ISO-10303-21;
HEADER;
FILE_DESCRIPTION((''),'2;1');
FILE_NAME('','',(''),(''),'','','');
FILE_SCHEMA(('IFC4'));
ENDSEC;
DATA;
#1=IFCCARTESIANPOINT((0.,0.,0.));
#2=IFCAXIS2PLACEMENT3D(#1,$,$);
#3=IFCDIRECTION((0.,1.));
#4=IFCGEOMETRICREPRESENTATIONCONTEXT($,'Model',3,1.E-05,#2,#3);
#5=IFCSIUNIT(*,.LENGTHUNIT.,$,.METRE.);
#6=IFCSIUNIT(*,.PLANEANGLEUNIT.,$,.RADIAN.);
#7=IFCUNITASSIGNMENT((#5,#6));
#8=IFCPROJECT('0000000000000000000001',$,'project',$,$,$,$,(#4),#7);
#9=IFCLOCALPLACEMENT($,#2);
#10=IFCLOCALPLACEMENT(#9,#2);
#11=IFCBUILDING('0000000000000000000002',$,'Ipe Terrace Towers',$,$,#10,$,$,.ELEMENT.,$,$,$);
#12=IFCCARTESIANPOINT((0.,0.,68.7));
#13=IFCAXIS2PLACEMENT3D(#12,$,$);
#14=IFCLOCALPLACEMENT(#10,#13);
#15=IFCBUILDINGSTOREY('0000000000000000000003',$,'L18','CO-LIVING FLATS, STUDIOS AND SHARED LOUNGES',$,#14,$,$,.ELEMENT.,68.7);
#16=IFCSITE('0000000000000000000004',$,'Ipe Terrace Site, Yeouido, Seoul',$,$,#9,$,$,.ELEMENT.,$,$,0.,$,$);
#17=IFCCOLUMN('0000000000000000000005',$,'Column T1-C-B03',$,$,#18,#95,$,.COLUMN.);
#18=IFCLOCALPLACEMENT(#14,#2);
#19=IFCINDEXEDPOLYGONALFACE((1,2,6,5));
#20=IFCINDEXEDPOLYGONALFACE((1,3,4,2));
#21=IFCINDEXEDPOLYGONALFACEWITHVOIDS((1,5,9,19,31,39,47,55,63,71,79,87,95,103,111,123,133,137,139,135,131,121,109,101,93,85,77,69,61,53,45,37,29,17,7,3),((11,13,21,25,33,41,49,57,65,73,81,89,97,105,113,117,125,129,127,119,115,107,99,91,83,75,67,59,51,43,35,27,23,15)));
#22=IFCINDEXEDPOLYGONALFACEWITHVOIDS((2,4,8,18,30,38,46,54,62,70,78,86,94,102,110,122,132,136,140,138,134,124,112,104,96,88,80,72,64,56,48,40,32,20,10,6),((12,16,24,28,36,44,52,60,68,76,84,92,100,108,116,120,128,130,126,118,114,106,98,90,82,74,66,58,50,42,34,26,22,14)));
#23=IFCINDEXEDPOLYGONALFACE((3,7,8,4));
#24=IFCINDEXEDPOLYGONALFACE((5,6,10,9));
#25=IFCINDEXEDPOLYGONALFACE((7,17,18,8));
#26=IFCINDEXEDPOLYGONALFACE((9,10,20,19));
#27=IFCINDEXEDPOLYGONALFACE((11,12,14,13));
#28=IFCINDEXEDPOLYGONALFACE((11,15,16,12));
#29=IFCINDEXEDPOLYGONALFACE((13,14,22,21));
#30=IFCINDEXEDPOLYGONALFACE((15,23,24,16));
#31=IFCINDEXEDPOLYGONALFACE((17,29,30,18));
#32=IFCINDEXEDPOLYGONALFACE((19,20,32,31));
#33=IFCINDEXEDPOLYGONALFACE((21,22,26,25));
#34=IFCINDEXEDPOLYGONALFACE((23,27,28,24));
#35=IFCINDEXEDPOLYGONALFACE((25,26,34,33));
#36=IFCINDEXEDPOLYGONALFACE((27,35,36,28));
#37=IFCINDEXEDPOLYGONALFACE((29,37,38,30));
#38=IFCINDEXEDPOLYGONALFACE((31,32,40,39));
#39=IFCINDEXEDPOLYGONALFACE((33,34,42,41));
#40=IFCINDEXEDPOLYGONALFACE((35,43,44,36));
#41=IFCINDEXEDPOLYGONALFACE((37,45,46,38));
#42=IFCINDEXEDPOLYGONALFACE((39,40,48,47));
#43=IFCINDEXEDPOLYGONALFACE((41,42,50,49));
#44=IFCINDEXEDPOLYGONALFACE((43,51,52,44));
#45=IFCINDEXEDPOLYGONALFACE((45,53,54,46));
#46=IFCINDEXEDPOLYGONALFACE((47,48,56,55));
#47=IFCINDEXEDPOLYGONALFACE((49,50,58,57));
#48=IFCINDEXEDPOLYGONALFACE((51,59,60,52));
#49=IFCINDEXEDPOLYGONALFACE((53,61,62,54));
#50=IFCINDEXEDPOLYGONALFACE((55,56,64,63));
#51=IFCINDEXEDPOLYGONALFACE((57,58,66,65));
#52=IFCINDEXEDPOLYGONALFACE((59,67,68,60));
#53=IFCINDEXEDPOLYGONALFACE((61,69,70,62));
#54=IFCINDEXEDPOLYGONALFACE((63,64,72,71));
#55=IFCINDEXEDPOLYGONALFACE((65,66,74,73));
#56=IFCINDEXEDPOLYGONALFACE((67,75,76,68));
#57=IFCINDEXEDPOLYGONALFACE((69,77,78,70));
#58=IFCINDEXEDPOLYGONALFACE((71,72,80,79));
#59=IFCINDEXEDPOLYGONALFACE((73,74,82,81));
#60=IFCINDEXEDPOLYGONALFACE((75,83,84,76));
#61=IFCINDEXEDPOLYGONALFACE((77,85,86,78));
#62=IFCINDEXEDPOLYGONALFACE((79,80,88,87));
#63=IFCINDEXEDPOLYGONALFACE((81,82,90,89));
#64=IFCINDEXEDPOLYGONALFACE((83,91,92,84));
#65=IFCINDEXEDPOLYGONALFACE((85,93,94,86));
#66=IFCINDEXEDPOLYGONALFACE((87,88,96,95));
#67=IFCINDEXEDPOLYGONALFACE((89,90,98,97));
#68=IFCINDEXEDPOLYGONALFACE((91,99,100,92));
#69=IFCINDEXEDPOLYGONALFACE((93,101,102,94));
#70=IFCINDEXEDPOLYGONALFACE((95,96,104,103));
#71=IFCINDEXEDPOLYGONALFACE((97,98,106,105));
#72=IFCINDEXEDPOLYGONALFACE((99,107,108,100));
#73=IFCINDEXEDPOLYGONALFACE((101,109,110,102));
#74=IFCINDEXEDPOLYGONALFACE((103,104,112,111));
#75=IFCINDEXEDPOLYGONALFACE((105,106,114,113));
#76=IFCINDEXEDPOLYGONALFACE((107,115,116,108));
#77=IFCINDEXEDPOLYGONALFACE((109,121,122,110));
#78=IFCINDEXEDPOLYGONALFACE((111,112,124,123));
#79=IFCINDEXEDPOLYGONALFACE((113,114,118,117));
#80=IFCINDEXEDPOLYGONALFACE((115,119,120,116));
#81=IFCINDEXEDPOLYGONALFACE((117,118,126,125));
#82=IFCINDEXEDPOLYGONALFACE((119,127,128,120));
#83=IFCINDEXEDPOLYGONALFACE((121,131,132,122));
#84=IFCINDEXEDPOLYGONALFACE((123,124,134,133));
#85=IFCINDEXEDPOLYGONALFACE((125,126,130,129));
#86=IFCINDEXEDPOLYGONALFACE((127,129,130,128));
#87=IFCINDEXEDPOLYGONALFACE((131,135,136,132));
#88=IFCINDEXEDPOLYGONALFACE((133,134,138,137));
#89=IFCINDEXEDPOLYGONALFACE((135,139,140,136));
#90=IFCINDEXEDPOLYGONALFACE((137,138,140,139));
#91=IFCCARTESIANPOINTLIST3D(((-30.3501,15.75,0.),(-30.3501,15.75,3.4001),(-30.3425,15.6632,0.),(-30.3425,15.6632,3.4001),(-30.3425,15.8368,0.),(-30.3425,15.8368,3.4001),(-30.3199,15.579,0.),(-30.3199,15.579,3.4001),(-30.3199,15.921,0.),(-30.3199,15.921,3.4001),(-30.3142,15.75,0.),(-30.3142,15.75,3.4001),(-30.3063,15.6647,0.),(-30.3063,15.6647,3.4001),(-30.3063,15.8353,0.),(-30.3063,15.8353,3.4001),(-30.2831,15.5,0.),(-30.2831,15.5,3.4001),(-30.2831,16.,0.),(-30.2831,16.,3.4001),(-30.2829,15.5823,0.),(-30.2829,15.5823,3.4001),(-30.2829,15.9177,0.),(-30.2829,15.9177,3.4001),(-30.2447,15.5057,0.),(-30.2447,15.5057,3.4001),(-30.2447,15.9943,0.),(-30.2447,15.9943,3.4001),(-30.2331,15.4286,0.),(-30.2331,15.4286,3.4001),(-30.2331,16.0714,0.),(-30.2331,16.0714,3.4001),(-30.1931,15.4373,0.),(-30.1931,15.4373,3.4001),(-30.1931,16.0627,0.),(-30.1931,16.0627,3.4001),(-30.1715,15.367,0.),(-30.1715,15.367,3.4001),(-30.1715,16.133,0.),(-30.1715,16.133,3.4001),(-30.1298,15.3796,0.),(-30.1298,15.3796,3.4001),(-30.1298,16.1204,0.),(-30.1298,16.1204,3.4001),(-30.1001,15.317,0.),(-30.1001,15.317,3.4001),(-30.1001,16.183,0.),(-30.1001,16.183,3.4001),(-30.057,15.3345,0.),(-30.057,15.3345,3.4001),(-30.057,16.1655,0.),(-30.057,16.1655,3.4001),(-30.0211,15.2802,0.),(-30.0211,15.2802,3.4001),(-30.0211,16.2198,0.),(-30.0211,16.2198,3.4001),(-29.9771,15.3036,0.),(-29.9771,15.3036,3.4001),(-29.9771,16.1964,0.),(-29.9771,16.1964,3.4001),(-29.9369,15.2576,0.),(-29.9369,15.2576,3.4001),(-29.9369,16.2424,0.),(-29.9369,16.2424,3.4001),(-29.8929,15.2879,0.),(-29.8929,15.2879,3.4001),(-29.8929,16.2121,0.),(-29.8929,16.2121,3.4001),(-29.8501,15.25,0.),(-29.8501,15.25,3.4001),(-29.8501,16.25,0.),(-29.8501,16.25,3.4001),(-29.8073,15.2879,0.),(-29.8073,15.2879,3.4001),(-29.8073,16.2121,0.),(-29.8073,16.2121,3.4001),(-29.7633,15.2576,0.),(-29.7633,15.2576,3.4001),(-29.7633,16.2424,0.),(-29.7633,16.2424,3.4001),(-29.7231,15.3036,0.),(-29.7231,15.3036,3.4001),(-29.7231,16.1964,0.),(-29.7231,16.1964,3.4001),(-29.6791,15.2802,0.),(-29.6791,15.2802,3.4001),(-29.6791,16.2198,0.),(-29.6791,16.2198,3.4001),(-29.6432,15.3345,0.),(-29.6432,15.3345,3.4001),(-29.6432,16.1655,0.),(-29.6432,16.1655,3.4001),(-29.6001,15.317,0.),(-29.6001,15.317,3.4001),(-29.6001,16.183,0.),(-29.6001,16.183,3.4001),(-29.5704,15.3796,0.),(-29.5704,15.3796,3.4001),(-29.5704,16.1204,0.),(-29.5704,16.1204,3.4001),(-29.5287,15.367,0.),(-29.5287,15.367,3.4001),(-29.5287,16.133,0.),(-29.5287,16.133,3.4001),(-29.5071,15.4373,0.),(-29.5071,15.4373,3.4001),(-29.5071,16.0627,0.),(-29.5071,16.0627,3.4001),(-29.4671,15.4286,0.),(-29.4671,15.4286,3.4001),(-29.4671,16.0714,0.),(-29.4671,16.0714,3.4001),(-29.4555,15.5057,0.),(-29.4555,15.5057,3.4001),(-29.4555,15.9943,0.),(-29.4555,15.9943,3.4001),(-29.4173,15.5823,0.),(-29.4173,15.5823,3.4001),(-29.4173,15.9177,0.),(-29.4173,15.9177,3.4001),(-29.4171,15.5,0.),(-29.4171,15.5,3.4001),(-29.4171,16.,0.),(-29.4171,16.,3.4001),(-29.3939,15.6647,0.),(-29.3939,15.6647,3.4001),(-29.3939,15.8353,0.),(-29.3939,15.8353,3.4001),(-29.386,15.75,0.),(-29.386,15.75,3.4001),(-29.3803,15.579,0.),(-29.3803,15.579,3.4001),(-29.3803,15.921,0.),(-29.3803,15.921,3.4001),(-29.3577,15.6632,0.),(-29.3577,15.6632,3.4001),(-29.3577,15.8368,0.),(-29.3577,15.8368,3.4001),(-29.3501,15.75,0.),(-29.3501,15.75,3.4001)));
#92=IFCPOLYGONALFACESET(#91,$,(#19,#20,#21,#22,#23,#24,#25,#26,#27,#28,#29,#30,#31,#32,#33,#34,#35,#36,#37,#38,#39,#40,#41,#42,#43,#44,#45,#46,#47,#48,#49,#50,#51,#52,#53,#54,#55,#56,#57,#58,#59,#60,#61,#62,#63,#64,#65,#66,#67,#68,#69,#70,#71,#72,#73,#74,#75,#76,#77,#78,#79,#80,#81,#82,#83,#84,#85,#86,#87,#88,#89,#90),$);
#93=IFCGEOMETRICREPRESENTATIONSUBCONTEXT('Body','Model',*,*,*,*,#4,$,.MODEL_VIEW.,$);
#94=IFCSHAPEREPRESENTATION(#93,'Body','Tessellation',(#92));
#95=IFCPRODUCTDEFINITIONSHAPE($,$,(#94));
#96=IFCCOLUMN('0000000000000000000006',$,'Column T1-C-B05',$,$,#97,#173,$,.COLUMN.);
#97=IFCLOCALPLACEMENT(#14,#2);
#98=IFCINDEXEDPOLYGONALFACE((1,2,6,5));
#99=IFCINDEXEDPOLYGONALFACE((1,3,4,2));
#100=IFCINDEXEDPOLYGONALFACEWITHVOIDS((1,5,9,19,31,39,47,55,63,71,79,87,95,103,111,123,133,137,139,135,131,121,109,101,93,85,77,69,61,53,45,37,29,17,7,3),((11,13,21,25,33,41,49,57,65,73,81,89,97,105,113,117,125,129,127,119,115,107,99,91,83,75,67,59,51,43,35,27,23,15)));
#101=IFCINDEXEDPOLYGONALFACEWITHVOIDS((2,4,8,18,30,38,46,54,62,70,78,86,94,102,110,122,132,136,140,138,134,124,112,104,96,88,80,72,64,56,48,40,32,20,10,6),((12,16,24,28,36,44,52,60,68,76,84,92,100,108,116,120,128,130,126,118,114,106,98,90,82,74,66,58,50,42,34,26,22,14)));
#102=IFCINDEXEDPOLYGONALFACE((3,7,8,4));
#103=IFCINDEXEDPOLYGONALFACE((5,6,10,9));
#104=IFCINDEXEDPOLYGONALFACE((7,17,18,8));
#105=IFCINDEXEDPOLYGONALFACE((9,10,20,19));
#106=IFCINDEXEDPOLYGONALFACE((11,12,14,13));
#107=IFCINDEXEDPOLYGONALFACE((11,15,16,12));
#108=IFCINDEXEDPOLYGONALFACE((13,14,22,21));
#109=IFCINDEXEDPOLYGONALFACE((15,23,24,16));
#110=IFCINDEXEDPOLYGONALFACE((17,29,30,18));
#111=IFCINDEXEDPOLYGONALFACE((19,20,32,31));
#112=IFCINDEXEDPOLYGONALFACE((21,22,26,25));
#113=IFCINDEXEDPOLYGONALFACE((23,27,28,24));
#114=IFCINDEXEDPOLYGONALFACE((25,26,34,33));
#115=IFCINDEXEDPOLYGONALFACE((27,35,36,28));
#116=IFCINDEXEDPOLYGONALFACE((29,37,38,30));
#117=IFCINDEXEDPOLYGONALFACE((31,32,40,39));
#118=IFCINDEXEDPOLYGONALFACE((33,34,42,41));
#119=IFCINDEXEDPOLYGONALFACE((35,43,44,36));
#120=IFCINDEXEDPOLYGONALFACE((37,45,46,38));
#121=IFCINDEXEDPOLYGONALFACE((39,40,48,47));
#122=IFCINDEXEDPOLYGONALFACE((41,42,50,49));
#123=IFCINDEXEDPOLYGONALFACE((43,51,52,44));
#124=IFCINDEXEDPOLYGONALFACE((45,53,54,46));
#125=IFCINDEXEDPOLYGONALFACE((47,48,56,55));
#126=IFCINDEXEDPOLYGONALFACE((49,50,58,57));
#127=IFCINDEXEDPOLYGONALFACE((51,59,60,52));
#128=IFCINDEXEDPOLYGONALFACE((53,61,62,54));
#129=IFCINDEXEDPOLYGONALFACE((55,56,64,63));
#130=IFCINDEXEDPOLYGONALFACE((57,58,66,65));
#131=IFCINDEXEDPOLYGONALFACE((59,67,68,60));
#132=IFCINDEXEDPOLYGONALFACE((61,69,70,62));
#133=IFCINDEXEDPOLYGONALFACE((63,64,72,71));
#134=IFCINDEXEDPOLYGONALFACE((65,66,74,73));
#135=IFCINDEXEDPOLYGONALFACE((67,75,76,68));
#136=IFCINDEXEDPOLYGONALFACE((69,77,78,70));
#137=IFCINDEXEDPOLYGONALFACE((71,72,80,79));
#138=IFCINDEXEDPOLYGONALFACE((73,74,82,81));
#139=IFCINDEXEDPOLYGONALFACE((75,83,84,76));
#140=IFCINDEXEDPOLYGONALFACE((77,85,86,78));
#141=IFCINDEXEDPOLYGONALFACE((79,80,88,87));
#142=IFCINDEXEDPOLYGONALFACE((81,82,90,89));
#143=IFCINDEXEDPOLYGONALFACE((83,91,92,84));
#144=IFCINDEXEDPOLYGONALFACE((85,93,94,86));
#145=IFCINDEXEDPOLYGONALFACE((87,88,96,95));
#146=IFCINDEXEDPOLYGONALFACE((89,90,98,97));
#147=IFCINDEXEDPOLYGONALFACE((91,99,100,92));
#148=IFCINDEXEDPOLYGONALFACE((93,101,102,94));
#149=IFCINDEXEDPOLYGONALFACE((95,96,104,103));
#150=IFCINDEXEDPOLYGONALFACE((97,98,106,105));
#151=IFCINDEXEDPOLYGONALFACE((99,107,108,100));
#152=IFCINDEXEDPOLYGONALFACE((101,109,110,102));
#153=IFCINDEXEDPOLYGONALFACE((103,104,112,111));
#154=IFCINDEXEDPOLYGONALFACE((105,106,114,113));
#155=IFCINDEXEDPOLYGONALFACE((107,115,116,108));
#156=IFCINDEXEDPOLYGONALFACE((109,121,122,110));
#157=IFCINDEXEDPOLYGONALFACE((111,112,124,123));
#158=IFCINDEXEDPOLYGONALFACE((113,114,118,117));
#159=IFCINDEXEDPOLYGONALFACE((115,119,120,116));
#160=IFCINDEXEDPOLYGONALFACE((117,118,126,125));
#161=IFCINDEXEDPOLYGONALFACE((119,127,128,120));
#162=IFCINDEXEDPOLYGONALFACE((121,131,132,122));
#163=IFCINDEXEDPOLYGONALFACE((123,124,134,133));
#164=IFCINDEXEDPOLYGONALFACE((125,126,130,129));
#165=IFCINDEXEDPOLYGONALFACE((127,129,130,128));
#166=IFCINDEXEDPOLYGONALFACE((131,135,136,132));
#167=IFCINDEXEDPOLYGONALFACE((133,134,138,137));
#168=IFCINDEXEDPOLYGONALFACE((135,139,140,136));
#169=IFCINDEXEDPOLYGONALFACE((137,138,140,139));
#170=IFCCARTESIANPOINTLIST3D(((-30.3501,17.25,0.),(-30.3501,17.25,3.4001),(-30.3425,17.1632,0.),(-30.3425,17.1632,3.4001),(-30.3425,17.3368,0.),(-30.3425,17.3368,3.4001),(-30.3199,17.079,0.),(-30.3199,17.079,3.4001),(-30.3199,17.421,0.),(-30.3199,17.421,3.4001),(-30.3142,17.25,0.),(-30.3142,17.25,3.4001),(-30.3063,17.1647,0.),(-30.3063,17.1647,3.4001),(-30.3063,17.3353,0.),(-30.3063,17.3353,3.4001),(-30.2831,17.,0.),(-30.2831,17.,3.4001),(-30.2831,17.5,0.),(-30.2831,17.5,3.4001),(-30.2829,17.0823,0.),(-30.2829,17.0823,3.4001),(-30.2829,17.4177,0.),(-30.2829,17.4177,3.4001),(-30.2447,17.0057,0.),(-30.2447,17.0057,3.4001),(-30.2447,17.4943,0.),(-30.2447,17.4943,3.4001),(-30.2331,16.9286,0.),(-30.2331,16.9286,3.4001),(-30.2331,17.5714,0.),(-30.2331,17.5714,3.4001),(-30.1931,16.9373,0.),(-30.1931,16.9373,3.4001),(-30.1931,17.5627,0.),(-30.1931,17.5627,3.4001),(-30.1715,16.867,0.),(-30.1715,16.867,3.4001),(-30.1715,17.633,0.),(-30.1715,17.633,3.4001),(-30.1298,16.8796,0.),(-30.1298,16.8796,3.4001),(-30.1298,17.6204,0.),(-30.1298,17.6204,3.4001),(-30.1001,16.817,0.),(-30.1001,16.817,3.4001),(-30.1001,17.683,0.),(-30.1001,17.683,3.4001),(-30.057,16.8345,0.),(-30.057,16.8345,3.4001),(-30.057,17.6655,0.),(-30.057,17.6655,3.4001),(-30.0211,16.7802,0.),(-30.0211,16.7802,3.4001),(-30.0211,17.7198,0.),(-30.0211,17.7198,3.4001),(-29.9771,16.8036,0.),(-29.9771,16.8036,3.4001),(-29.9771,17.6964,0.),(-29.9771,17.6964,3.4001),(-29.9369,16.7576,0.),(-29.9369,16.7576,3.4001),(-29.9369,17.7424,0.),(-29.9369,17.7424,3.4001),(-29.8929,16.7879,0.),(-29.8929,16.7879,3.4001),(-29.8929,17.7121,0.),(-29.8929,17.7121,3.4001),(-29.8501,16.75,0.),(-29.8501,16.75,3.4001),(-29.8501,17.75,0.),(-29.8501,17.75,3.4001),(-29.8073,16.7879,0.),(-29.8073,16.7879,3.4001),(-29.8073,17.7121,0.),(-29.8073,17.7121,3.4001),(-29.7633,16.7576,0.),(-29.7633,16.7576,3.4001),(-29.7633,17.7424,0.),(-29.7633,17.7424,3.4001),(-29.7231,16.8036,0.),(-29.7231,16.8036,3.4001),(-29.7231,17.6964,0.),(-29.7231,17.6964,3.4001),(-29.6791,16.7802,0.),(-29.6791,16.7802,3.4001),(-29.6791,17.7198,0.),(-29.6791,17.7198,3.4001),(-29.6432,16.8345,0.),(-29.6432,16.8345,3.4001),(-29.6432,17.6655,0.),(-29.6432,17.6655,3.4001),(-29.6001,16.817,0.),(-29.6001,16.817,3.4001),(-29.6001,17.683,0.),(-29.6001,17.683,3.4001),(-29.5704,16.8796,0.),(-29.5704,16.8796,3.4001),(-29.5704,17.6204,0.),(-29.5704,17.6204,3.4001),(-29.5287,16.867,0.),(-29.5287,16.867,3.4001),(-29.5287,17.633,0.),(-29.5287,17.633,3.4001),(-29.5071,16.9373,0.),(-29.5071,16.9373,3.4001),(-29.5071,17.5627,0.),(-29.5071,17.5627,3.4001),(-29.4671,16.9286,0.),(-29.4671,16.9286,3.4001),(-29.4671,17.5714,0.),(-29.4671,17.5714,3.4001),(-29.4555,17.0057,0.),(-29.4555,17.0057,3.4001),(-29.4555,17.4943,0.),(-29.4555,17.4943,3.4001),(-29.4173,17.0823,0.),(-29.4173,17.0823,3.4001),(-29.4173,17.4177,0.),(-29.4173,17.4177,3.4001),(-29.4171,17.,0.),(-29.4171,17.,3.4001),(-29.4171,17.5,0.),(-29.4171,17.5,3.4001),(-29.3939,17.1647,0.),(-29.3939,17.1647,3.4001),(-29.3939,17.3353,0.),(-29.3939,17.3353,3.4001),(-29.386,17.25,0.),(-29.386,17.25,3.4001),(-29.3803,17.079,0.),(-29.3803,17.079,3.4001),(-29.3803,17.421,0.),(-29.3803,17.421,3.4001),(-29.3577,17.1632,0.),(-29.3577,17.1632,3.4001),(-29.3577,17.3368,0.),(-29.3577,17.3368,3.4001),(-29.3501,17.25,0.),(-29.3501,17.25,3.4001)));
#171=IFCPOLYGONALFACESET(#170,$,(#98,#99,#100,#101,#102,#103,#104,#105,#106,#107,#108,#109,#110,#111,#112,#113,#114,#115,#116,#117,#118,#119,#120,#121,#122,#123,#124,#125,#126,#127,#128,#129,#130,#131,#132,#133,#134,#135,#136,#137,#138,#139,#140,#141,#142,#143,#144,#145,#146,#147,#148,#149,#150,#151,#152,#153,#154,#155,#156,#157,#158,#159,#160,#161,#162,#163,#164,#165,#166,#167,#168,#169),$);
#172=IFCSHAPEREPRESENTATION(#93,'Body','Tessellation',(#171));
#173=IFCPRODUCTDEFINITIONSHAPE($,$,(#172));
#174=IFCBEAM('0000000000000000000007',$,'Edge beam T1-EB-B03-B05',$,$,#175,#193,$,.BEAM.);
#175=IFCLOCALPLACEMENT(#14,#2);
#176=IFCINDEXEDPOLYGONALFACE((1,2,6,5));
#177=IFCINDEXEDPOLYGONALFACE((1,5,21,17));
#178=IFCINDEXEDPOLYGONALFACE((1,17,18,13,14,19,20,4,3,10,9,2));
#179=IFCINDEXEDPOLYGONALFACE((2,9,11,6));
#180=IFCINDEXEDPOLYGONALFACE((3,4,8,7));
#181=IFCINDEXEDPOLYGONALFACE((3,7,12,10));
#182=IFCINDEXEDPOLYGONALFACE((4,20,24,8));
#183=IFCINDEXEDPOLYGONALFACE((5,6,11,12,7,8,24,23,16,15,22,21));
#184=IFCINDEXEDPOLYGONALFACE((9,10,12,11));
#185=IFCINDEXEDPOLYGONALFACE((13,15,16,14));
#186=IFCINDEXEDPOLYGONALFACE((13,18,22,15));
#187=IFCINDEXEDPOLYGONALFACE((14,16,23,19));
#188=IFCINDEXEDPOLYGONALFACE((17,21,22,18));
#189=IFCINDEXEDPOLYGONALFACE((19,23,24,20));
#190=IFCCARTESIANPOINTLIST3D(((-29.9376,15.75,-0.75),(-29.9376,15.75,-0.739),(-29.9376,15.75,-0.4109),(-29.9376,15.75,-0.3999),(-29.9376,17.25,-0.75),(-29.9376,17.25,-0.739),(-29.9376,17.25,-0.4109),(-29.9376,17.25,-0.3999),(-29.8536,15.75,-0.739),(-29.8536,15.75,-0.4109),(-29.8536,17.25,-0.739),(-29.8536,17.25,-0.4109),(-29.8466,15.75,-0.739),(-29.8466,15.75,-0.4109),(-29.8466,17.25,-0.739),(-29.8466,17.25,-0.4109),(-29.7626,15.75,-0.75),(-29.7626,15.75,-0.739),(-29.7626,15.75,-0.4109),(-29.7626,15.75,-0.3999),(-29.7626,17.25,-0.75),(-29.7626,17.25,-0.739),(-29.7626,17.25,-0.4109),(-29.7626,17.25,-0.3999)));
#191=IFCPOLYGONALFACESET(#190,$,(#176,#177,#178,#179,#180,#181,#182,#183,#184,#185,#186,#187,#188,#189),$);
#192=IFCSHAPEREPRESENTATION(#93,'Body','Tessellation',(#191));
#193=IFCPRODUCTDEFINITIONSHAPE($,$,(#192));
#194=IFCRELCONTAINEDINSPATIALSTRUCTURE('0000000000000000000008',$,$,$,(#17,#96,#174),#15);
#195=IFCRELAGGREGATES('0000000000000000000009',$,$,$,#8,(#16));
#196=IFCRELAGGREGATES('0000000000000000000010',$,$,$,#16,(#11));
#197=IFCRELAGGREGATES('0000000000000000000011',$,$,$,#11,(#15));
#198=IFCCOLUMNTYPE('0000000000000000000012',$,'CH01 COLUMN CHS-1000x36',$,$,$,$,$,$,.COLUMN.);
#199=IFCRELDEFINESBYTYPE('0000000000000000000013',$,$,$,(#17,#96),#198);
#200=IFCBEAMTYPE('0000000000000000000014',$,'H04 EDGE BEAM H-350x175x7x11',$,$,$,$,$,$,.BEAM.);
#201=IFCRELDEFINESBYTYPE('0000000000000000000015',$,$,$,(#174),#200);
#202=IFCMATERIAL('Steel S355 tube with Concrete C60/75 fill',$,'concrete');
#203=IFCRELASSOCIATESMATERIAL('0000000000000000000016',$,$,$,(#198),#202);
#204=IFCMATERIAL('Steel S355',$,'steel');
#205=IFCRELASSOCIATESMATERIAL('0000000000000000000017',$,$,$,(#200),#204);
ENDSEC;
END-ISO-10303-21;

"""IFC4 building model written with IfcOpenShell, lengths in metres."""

from ifc_helpers import new_model, si_unit, direction, frame, origin, origin_2d, place, context, subcontext, project, spatial, hollow_circle, i_section, extrude, material, material_profile, profile_set, type_object, element, save


model = new_model("IFC4")

# Units and contexts
model_context = context("Model", 3, precision=1e-05, world=origin(), true_north=direction((0.0, 1.0)))
body_context = subcontext(model_context, "Body", "Model", "MODEL_VIEW")
ifc_project = project(units=[si_unit("LENGTHUNIT", "METRE"), si_unit("PLANEANGLEUNIT", "RADIAN")], contexts=[model_context])

# Site, building, storey
site_placement = place(None, origin())
site = spatial("IfcSite", under=ifc_project, at=site_placement, Name="Ipe Terrace Site, Yeouido, Seoul", CompositionType="ELEMENT", RefElevation=0.0)
building_placement = place(site_placement, origin())
building = spatial("IfcBuilding", under=site, at=building_placement, Name="Ipe Terrace Towers", CompositionType="ELEMENT")
storey_placement = place(building_placement, frame((0.0, 0.0, 68.7)))
storey = spatial("IfcBuildingStorey", under=building, at=storey_placement, Name="L18", Description="CO-LIVING FLATS, STUDIOS AND SHARED LOUNGES", CompositionType="ELEMENT", Elevation=68.7)

# Columns
ifc_material_1 = material(Name="Steel S355 tube with Concrete C60/75 fill", Category="concrete")
ifc_material_profile_1 = material_profile(ifc_material_1, hollow_circle(Radius=0.5, WallThickness=0.0359, at=origin_2d()), Name="CHS-1000x36")
ifc_profile_set_1 = profile_set([ifc_material_profile_1], Name="Steel S355 tube with Concrete C60/75 fill")
column_type = type_object("IfcColumnType", Name="CH01 COLUMN CHS-1000x36", PredefinedType="COLUMN", material=ifc_profile_set_1)
for number, where, z_axis, x_axis, name in (
    (1, (-29.8501, 15.75, 0.0), (0.0, 0.0, 1.0), (1.0, 0.0, 0.0), "Column T1-C-B03"),
    (2, (-29.8501, 17.25, 0.0), (0.0, 0.0, 1.0), (1.0, 0.0, 0.0), "Column T1-C-B05"),
):
    element("IfcColumn", number, at=place(storey_placement, frame(where, z_axis=z_axis, x_axis=x_axis)), inside=storey, type_object=column_type, Name=name, PredefinedType="COLUMN", context=body_context, shape_type="SweptSolid", body=[
        extrude(hollow_circle(Radius=0.5, WallThickness=0.0359, at=origin_2d()), origin(), (0.0, 0.0, 1.0), 3.4001),
    ])

# Beam
ifc_material_2 = material(Name="Steel S355", Category="steel")
ifc_material_profile_2 = material_profile(ifc_material_2, i_section(OverallWidth=0.175, OverallDepth=0.3501, WebThickness=0.0071, FlangeThickness=0.011, at=origin_2d()), Name="H-350x175x7x11")
ifc_profile_set_2 = profile_set([ifc_material_profile_2], Name="Steel S355")
beam_type = type_object("IfcBeamType", Name="H04 EDGE BEAM H-350x175x7x11", PredefinedType="BEAM", material=ifc_profile_set_2)
beam_placement = place(storey_placement, frame((-29.8501, 15.75, -0.575), z_axis=(0.0, 1.0, 0.0), x_axis=(-1.0, 0.0, 0.0)))
element("IfcBeam", 3, at=beam_placement, inside=storey, type_object=beam_type, Name="Edge beam T1-EB-B03-B05", PredefinedType="BEAM", context=body_context, shape_type="SweptSolid", body=[
    extrude(i_section(OverallWidth=0.175, OverallDepth=0.3501, WebThickness=0.0071, FlangeThickness=0.011, at=origin_2d()), origin(), (0.0, 0.0, 1.0), 1.5),
])

save(model, "model.ifc")
